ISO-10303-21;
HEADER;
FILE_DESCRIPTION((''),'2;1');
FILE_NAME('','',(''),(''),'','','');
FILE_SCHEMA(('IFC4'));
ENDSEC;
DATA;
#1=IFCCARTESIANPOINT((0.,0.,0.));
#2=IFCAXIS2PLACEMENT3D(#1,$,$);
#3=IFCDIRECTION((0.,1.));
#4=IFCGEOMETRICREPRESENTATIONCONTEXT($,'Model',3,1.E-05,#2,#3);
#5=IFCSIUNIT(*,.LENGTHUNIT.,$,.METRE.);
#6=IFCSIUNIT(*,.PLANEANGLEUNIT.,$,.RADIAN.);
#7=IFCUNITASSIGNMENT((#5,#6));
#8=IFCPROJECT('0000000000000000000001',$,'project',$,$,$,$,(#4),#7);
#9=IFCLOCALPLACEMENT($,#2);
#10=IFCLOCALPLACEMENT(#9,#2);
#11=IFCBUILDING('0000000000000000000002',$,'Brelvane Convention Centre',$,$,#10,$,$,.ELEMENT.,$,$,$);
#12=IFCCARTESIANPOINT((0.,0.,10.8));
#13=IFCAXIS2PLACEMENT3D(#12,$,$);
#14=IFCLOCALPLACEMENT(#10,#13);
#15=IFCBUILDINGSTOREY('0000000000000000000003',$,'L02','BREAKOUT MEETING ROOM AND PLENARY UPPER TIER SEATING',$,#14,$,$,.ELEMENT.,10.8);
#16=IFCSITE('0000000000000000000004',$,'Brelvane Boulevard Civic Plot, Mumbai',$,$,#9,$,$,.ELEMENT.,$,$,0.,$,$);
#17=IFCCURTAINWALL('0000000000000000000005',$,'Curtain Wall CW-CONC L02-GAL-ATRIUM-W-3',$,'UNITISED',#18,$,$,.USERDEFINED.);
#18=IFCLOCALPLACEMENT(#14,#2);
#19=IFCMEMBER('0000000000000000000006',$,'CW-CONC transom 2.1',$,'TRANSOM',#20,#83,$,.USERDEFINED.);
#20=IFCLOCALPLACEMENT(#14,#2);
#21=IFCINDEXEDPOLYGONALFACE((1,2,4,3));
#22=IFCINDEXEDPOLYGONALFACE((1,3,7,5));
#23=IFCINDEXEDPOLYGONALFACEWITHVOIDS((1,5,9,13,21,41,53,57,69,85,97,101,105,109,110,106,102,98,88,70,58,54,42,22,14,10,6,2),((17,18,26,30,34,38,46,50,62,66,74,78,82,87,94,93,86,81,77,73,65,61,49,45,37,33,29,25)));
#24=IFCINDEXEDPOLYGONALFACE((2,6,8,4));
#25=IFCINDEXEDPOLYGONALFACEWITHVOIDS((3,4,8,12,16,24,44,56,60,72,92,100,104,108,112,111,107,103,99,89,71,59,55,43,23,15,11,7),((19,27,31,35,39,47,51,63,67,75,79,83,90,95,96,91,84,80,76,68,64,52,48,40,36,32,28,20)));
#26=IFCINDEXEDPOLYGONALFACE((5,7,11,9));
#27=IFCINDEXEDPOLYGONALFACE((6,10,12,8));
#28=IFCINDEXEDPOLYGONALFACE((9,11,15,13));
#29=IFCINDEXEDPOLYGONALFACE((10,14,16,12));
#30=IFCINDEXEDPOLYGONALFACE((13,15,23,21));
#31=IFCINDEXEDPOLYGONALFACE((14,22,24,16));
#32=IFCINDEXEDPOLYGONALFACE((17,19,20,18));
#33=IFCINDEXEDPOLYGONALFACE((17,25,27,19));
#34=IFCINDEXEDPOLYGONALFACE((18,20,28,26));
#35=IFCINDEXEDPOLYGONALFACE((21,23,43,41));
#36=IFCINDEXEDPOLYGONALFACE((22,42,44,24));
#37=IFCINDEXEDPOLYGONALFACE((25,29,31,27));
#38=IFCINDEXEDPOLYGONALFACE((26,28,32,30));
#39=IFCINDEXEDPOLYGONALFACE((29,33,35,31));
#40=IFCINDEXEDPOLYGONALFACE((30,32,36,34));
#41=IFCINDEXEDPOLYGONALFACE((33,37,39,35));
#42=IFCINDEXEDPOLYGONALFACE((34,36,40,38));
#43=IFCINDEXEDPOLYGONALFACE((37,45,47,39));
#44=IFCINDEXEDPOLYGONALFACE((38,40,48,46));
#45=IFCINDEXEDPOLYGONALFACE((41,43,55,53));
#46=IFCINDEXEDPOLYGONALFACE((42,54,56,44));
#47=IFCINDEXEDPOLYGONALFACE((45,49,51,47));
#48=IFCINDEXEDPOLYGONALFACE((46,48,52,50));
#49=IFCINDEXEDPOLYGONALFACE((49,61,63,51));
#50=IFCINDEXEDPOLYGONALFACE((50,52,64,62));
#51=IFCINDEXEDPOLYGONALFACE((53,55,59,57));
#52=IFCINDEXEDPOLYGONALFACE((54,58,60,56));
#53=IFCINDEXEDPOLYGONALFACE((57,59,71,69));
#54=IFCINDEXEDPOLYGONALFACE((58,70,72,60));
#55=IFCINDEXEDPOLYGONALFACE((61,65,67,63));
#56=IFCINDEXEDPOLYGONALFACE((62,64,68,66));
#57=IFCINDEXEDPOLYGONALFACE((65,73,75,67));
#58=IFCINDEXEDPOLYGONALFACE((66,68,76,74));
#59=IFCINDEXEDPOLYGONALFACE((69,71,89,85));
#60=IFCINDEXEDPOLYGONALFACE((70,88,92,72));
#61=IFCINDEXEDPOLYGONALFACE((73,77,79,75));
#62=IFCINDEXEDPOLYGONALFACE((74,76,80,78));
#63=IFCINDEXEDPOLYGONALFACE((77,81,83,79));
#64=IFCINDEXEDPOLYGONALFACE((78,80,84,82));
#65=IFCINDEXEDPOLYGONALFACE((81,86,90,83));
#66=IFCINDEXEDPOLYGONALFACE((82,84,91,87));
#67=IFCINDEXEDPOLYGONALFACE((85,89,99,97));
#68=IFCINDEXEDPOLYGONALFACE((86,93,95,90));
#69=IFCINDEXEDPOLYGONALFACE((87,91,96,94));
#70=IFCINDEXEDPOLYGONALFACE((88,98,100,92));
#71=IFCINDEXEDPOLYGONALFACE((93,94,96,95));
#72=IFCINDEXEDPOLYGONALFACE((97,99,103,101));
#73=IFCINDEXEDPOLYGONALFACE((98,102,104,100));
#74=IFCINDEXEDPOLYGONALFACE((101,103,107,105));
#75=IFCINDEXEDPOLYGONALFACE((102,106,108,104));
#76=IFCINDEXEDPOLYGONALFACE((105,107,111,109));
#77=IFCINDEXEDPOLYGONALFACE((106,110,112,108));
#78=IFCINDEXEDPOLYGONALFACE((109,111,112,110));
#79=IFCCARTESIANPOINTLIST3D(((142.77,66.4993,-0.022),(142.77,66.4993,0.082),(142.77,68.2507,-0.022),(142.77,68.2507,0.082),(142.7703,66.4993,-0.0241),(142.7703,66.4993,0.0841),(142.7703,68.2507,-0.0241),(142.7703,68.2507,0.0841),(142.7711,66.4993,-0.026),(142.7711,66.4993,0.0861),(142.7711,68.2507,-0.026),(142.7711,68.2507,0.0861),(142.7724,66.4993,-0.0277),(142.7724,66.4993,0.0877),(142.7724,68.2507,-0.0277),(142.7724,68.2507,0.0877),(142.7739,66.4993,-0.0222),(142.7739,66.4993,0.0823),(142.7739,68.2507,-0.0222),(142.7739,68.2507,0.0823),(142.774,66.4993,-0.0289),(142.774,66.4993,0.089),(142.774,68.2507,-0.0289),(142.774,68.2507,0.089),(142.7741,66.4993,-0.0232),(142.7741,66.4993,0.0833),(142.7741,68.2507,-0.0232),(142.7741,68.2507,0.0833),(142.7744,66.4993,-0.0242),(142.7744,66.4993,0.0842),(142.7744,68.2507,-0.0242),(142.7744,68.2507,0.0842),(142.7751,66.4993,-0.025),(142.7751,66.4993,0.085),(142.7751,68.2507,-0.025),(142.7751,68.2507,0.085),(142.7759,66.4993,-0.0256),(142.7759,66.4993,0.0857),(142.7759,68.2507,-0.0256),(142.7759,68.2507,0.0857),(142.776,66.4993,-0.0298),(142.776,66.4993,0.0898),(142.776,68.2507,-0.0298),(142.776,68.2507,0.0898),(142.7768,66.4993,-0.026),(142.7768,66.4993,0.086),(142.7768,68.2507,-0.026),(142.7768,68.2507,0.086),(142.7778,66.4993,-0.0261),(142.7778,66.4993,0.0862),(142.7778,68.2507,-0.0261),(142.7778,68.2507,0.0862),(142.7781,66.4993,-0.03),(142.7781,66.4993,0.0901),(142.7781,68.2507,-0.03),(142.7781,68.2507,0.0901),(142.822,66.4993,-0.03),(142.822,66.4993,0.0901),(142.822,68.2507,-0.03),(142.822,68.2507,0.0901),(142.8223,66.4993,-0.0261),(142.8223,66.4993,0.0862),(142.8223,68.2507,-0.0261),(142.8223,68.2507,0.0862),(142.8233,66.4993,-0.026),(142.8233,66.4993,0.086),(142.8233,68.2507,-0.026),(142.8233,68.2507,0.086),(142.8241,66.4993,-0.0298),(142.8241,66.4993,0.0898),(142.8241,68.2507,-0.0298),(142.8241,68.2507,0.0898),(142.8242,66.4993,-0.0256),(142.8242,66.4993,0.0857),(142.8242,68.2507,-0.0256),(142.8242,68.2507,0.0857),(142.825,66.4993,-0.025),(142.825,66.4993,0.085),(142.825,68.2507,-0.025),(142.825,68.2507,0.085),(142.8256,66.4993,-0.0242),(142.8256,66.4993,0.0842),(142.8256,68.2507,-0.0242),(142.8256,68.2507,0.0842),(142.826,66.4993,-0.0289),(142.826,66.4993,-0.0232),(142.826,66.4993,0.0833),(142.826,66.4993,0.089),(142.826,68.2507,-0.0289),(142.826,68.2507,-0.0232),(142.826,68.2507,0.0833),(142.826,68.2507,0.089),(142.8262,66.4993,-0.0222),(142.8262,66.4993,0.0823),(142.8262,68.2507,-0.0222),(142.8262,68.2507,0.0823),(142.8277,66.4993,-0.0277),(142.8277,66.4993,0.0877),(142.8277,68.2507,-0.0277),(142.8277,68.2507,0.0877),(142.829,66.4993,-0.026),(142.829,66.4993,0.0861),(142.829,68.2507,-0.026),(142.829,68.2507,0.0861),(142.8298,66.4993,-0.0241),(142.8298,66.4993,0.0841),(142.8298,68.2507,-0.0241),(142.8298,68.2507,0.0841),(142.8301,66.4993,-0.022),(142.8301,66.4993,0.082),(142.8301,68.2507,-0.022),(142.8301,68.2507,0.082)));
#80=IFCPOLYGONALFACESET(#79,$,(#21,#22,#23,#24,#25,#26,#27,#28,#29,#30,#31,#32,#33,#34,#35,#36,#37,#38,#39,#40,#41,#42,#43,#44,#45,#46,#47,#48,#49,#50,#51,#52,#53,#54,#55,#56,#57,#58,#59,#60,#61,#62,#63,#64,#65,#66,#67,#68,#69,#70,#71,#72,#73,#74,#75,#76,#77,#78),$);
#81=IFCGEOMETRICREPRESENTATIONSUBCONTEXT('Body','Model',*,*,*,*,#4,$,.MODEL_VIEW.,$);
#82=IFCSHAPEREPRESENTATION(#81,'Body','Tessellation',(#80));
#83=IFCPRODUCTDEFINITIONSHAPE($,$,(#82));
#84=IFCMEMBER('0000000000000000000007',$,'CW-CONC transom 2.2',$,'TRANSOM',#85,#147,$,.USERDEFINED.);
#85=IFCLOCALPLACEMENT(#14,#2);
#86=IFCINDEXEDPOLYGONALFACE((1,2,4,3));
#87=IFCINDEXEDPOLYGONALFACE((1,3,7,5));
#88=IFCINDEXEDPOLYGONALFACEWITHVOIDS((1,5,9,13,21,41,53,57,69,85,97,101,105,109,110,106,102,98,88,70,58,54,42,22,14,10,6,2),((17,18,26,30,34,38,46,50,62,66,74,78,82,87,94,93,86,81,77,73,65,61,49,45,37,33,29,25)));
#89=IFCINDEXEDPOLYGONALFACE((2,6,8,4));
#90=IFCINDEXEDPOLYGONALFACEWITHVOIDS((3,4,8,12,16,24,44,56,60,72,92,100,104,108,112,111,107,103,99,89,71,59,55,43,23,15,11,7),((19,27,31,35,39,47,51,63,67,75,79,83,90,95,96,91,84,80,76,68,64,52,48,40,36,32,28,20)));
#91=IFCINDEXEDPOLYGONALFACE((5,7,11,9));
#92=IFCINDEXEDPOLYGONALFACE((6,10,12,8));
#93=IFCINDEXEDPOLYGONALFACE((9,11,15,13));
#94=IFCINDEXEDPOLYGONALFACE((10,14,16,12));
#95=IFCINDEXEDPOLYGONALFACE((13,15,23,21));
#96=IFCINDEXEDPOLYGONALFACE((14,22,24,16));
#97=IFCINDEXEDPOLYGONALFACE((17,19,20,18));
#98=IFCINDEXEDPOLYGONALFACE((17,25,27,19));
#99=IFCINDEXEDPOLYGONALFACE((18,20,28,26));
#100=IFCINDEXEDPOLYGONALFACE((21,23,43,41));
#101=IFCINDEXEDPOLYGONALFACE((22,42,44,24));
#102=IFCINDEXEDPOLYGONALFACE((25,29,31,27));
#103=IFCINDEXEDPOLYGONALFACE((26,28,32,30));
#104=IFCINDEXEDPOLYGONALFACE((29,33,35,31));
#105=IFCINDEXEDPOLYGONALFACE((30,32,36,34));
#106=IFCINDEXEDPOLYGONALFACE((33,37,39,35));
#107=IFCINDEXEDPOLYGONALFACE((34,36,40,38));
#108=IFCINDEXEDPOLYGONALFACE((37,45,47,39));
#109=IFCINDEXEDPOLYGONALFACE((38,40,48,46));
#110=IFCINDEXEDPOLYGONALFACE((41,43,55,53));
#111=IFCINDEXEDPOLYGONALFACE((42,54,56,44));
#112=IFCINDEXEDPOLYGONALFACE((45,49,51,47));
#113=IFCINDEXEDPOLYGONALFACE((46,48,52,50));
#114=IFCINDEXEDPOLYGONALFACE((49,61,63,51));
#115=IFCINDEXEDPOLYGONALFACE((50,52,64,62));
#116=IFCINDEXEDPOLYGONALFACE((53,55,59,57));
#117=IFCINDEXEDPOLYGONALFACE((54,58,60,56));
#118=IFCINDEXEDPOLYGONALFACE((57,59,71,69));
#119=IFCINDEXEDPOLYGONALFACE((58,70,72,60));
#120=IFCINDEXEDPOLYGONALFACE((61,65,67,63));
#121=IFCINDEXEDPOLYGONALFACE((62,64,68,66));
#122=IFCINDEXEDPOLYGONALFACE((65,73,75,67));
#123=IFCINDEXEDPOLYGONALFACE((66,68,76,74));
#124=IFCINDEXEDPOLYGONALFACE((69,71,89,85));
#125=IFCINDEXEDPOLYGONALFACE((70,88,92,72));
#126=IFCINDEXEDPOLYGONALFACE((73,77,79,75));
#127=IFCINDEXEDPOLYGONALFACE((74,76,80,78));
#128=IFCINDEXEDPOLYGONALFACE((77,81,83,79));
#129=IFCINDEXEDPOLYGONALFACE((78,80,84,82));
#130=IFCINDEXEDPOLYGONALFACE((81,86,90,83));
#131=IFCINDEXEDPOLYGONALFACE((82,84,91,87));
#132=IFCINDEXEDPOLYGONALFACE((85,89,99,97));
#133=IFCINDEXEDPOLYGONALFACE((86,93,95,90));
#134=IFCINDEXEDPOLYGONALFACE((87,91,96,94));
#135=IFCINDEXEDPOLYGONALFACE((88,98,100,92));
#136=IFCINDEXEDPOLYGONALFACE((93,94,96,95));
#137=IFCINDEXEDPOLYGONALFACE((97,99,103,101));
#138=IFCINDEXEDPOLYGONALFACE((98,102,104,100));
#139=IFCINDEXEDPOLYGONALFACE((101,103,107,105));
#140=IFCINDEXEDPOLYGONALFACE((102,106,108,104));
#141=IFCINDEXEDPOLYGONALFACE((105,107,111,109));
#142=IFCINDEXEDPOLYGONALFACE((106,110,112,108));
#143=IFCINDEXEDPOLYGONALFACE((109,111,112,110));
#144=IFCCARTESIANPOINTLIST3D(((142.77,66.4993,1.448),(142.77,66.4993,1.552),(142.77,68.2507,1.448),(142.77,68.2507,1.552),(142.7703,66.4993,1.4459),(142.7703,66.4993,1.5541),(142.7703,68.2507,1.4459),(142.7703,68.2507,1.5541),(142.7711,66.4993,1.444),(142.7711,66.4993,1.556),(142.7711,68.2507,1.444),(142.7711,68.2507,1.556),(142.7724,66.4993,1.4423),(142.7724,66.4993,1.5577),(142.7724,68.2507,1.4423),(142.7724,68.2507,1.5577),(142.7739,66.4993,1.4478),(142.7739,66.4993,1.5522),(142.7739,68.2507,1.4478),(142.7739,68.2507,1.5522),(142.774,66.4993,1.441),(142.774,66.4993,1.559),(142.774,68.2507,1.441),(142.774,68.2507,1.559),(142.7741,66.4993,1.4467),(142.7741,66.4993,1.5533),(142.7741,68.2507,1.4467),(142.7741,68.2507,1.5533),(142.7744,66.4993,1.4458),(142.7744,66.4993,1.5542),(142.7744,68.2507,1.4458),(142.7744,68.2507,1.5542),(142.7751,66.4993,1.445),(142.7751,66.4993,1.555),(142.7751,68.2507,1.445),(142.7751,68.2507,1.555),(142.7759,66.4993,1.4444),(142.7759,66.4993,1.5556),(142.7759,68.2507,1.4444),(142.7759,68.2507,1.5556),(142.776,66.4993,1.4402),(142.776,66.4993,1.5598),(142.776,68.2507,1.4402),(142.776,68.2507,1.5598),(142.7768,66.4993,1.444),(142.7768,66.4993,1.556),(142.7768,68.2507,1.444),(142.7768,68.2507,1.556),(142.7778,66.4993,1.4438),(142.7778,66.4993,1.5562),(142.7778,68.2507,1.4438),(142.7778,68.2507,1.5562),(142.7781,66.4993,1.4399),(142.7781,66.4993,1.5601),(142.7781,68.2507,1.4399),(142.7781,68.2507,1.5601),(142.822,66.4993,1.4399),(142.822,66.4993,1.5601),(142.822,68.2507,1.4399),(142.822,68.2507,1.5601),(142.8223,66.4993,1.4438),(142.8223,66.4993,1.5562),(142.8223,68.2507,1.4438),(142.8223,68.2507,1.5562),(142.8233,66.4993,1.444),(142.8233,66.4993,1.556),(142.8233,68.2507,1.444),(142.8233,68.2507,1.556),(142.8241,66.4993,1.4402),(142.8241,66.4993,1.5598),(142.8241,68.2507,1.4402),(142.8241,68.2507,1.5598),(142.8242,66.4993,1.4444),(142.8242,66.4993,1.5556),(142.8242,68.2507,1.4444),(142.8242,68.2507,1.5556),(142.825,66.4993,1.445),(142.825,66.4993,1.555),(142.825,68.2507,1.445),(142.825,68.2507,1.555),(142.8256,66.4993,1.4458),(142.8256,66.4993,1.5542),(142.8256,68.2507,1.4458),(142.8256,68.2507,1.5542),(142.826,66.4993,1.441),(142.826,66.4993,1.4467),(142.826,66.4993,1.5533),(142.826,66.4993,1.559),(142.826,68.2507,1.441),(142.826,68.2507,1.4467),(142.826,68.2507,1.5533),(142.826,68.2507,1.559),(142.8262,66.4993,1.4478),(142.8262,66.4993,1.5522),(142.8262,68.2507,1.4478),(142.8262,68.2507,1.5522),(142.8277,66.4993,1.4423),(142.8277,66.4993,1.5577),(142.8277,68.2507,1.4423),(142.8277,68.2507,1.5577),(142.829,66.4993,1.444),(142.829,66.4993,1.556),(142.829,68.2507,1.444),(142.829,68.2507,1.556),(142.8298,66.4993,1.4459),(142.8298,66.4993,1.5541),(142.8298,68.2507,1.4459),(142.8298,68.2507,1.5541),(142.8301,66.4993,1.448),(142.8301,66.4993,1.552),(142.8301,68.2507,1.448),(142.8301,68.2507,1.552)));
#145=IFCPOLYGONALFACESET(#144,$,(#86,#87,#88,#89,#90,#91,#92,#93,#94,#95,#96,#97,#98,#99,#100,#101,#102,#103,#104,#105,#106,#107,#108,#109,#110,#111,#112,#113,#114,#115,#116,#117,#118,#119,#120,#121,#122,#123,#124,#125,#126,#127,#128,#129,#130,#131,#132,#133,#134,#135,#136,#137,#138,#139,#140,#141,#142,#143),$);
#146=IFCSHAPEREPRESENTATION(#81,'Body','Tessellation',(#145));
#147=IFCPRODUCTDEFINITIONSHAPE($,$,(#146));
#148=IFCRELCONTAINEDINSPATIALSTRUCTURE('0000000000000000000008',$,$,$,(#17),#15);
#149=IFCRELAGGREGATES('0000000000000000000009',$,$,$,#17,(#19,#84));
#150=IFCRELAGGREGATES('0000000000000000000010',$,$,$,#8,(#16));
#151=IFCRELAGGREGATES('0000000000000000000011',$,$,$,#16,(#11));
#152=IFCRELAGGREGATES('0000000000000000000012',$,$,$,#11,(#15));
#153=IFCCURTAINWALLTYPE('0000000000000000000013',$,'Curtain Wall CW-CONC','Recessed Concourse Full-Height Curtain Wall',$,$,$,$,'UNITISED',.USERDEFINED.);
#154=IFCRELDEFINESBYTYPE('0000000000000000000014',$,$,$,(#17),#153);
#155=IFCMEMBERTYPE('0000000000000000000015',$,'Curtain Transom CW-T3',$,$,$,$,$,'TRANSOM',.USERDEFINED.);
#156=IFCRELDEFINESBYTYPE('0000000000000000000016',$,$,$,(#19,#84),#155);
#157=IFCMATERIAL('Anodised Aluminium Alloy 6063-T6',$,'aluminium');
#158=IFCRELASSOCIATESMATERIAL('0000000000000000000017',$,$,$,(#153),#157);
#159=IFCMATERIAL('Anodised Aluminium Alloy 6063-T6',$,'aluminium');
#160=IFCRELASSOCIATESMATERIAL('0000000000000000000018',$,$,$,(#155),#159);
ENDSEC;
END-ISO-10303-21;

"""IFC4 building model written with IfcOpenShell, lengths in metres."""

from ifc_helpers import new_model, si_unit, direction, frame, origin, origin_2d, place, context, subcontext, project, spatial, hollow_rectangle, extrude, material, material_profile, profile_set, type_object, element, aggregate, save


model = new_model("IFC4")

# Units and contexts
model_context = context("Model", 3, precision=1e-05, world=origin(), true_north=direction((0.0, 1.0)))
body_context = subcontext(model_context, "Body", "Model", "MODEL_VIEW")
ifc_project = project(units=[si_unit("LENGTHUNIT", "METRE"), si_unit("PLANEANGLEUNIT", "RADIAN")], contexts=[model_context])

# Site, building, storey
site_placement = place(None, origin())
site = spatial("IfcSite", under=ifc_project, at=site_placement, Name="Brelvane Boulevard Civic Plot, Mumbai", CompositionType="ELEMENT", RefElevation=0.0)
building_placement = place(site_placement, origin())
building = spatial("IfcBuilding", under=site, at=building_placement, Name="Brelvane Convention Centre", CompositionType="ELEMENT")
storey_placement = place(building_placement, frame((0.0, 0.0, 10.8)))
storey = spatial("IfcBuildingStorey", under=building, at=storey_placement, Name="L02", Description="BREAKOUT MEETING ROOM AND PLENARY UPPER TIER SEATING", CompositionType="ELEMENT", Elevation=10.8)

# Curtain wall, members
ifc_material_1 = material(Name="Anodised Aluminium Alloy 6063-T6", Category="aluminium")
curtain_wall_type = type_object("IfcCurtainWallType", Name="Curtain Wall CW-CONC", Description="Recessed Concourse Full-Height Curtain Wall", ElementType="UNITISED", PredefinedType="USERDEFINED", material=ifc_material_1)
curtain_wall_placement = place(storey_placement, origin())
curtain_wall = element("IfcCurtainWall", 1, at=curtain_wall_placement, inside=storey, type_object=curtain_wall_type, Name="Curtain Wall CW-CONC L02-GAL-ATRIUM-W-3", ObjectType="UNITISED", PredefinedType="USERDEFINED")
ifc_material_2 = material(Name="Anodised Aluminium Alloy 6063-T6", Category="aluminium")
ifc_material_profile_1 = material_profile(ifc_material_2, hollow_rectangle(XDim=0.0601, YDim=0.1201, WallThickness=0.0039, InnerFilletRadius=0.0039, OuterFilletRadius=0.0081, at=origin_2d()), Name="ALU-T 120x60x4.0")
ifc_profile_set_1 = profile_set([ifc_material_profile_1], Name="Anodised Aluminium Alloy 6063-T6")
member_type_1 = type_object("IfcMemberType", Name="Curtain Transom CW-T3", ElementType="TRANSOM", PredefinedType="USERDEFINED", material=ifc_profile_set_1)
member_1_placement = place(storey_placement, frame((142.8, 66.4993, 0.03), z_axis=(0.0, 1.0, 0.0), x_axis=(-1.0, 0.0, 0.0)))
member_1 = element("IfcMember", 2, at=member_1_placement, type_object=member_type_1, Name="CW-CONC transom 2.1", ObjectType="TRANSOM", PredefinedType="USERDEFINED", context=body_context, shape_type="SweptSolid", body=[
    extrude(hollow_rectangle(XDim=0.0601, YDim=0.1201, WallThickness=0.0039, InnerFilletRadius=0.0039, OuterFilletRadius=0.0081, at=origin_2d()), origin(), (0.0, 0.0, 1.0), 1.7515),
])
member_2_placement = place(storey_placement, frame((142.8, 66.4993, 1.5), z_axis=(0.0, 1.0, 0.0), x_axis=(-1.0, 0.0, 0.0)))
member_2 = element("IfcMember", 3, at=member_2_placement, type_object=member_type_1, Name="CW-CONC transom 2.2", ObjectType="TRANSOM", PredefinedType="USERDEFINED", context=body_context, shape_type="SweptSolid", body=[
    extrude(hollow_rectangle(XDim=0.0601, YDim=0.1201, WallThickness=0.0039, InnerFilletRadius=0.0039, OuterFilletRadius=0.0081, at=origin_2d()), origin(), (0.0, 0.0, 1.0), 1.7515),
])

aggregate(curtain_wall, [member_1, member_2])

save(model, "model.ifc")
